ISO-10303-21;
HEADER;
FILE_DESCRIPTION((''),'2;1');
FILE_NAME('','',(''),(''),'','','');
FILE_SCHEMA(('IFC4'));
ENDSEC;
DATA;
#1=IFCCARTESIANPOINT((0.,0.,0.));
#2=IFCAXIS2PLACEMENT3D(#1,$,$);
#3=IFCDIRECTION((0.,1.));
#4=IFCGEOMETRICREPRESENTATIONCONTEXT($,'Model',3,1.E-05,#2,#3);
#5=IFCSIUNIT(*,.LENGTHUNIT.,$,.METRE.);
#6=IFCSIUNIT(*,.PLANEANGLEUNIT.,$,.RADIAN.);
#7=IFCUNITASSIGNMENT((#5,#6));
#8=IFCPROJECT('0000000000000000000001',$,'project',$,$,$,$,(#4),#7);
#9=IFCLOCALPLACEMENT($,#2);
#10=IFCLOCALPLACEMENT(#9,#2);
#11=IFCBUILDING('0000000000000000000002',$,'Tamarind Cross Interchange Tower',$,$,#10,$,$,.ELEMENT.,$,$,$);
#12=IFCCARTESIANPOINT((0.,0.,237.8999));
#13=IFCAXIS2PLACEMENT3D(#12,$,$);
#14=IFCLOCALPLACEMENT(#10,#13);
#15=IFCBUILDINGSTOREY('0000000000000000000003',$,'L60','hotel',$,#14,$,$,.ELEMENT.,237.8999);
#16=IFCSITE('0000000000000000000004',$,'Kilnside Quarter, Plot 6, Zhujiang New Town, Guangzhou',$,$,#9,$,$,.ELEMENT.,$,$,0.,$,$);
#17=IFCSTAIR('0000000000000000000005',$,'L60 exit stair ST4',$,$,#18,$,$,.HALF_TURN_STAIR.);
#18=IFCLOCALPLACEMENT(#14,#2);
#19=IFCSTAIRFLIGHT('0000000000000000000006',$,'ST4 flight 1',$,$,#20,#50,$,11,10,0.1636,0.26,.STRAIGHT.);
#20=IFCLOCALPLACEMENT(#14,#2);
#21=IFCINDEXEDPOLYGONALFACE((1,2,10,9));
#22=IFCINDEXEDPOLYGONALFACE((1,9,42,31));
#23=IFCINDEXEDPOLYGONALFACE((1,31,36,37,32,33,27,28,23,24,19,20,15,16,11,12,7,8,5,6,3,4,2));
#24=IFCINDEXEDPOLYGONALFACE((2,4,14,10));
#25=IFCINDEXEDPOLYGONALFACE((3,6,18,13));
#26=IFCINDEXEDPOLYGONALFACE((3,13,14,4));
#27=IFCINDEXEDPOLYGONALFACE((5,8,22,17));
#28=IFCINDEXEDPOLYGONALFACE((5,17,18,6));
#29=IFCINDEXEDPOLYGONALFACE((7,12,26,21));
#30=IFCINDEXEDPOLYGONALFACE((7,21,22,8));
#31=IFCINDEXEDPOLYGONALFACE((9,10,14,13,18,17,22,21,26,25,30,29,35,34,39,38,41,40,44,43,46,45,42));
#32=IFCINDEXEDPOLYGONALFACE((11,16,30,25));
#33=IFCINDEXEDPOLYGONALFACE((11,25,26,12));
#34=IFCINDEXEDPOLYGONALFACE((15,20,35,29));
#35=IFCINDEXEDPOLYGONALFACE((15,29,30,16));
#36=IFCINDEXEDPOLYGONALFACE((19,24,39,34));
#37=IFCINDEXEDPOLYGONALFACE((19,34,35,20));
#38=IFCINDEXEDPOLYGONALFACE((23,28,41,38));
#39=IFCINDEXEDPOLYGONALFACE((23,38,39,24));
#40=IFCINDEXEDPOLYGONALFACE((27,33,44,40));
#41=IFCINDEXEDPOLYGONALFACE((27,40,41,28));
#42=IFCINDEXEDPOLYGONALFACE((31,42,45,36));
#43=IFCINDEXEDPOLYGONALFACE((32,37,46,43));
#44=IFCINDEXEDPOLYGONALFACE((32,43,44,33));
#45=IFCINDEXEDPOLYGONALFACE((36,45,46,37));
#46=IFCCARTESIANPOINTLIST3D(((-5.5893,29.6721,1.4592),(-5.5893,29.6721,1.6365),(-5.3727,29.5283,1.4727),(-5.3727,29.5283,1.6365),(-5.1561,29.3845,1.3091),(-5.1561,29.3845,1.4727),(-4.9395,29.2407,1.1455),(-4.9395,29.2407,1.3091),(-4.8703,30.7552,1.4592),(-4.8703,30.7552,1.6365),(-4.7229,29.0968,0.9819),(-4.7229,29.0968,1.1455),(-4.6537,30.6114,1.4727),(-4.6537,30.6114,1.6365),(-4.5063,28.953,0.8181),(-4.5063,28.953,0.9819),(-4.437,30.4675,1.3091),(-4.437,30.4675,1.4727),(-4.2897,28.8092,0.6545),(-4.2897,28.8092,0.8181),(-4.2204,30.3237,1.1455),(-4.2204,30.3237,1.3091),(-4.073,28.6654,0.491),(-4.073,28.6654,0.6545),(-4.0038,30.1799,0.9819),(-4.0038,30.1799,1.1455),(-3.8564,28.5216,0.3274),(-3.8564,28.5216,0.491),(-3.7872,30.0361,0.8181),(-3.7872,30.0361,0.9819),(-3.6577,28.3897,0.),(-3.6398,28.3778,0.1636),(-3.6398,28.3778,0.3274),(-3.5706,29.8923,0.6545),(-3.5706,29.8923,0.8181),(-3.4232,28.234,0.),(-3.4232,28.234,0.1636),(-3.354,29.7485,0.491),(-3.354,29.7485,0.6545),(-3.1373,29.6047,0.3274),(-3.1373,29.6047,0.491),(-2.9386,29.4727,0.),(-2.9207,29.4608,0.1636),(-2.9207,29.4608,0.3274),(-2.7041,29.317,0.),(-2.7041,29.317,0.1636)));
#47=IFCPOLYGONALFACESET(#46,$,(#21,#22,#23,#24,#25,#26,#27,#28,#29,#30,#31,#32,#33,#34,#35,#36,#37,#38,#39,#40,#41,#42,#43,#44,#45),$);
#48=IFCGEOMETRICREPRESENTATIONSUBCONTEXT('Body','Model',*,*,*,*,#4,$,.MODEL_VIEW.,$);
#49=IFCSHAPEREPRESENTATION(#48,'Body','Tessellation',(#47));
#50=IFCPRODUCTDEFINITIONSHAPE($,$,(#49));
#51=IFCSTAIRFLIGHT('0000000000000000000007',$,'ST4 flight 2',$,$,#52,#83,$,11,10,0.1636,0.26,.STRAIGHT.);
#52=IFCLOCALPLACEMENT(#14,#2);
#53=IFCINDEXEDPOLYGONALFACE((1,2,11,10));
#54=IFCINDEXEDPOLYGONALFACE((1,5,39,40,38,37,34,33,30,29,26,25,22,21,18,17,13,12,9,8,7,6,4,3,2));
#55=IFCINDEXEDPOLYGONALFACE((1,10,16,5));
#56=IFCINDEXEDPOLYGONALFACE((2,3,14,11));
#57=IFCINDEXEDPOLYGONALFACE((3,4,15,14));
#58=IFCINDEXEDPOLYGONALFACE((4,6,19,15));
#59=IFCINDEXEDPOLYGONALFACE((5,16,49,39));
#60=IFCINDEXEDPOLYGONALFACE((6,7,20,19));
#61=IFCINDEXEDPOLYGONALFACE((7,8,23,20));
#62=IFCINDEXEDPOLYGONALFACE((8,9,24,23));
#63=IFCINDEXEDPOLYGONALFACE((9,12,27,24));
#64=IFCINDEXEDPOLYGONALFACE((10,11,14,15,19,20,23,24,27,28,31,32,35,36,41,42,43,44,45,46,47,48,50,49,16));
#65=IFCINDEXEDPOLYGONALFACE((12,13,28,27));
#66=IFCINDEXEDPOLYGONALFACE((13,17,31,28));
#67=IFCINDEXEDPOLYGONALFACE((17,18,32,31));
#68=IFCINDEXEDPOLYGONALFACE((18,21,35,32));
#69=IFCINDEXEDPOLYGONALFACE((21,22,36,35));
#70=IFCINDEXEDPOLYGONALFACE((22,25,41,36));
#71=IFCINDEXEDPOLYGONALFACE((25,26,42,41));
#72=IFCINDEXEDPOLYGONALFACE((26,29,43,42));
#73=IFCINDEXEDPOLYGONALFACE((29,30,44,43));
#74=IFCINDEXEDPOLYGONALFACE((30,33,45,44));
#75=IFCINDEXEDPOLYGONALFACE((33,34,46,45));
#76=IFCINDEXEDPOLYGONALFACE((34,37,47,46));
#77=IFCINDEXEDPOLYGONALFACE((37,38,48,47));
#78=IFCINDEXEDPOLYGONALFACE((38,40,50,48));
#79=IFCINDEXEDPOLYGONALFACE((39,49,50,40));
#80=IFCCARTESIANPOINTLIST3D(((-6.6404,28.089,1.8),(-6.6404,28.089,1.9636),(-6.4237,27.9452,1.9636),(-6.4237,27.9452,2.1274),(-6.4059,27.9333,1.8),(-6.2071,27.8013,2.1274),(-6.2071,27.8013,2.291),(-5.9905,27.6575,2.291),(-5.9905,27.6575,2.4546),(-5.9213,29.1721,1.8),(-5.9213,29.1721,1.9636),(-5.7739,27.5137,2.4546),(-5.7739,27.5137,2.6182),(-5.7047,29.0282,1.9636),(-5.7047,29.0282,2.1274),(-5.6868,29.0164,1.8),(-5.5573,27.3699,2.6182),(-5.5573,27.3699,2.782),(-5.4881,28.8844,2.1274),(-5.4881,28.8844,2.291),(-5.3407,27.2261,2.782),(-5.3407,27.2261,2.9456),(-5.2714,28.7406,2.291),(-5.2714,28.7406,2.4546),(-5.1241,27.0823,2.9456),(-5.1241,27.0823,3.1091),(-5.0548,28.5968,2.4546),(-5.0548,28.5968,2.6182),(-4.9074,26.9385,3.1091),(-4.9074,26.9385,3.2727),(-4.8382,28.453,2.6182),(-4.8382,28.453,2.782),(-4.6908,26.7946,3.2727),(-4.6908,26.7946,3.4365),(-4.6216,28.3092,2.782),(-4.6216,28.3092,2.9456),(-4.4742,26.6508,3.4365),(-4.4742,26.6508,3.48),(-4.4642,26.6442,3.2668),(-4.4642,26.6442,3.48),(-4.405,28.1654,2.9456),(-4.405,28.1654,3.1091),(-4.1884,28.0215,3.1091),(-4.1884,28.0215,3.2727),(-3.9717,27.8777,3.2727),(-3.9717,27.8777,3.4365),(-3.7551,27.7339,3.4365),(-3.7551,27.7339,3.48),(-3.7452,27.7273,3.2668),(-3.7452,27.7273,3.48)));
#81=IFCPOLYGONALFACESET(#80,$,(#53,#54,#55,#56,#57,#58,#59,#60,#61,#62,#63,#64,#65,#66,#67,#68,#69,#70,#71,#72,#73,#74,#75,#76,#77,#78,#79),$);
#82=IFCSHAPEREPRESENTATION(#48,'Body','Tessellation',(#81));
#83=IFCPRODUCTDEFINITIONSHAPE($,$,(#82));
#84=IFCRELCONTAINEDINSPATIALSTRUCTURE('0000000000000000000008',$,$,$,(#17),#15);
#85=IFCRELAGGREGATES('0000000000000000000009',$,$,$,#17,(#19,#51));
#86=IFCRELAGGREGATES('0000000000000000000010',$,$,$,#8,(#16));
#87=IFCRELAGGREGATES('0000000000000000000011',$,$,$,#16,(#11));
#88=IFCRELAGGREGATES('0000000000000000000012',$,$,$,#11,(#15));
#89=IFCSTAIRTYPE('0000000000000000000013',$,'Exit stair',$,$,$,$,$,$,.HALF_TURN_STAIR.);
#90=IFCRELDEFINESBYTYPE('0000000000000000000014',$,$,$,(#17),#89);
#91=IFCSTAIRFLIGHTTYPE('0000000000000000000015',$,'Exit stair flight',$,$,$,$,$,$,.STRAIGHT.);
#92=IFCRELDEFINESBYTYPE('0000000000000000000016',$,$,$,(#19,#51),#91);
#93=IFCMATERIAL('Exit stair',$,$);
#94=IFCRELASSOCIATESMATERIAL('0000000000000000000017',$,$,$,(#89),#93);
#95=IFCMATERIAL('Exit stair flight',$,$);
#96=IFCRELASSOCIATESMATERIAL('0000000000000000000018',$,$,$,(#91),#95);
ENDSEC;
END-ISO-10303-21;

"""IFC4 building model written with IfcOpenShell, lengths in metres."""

from ifc_helpers import new_model, si_unit, direction, frame, origin, place, context, subcontext, project, spatial, polyline, outline, extrude, material, type_object, element, aggregate, save


model = new_model("IFC4")

# Units and contexts
model_context = context("Model", 3, precision=1e-05, world=origin(), true_north=direction((0.0, 1.0)))
body_context = subcontext(model_context, "Body", "Model", "MODEL_VIEW")
ifc_project = project(units=[si_unit("LENGTHUNIT", "METRE"), si_unit("PLANEANGLEUNIT", "RADIAN")], contexts=[model_context])

# Site, building, storey
site_placement = place(None, origin())
site = spatial("IfcSite", under=ifc_project, at=site_placement, Name="Kilnside Quarter, Plot 6, Zhujiang New Town, Guangzhou", CompositionType="ELEMENT", RefElevation=0.0)
building_placement = place(site_placement, origin())
building = spatial("IfcBuilding", under=site, at=building_placement, Name="Tamarind Cross Interchange Tower", CompositionType="ELEMENT")
storey_placement = place(building_placement, frame((0.0, 0.0, 237.8999)))
storey = spatial("IfcBuildingStorey", under=building, at=storey_placement, Name="L60", Description="hotel", CompositionType="ELEMENT", Elevation=237.8999)

# Stair, stair flights
ifc_material_1 = material(Name="Exit stair")
stair_type = type_object("IfcStairType", Name="Exit stair", PredefinedType="HALF_TURN_STAIR", material=ifc_material_1)
stair_placement = place(storey_placement, origin())
stair = element("IfcStair", 1, at=stair_placement, inside=storey, type_object=stair_type, Name="L60 exit stair ST4", PredefinedType="HALF_TURN_STAIR")
ifc_material_2 = material(Name="Exit stair flight")
stair_flight_type = type_object("IfcStairFlightType", Name="Exit stair flight", PredefinedType="STRAIGHT", material=ifc_material_2)
stair_flight_1_placement = place(storey_placement, frame((-3.0637, 28.7754, 0.0), z_axis=(0.0, 0.0, 1.0), x_axis=(-0.833107, 0.553112, 0.0)))
stair_flight_1 = element("IfcStairFlight", 2, at=stair_flight_1_placement, type_object=stair_flight_type, Name="ST4 flight 1", NumberOfRisers=11, NumberOfTreads=10, PredefinedType="STRAIGHT", RiserHeight=0.1636, TreadLength=0.26, context=body_context, shape_type="SweptSolid", body=[
    extrude(outline(polyline([(0.0, 0.0), (0.0, 0.1636), (0.26, 0.1636), (0.26, 0.3274), (0.52, 0.3274), (0.52, 0.491), (0.78, 0.491), (0.78, 0.6545), (1.04, 0.6545), (1.04, 0.8181), (1.3, 0.8181), (1.3, 0.9819), (1.5601, 0.9819), (1.5601, 1.1455), (1.8201, 1.1455), (1.8201, 1.3091), (2.0801, 1.3091), (2.0801, 1.4727), (2.3401, 1.4727), (2.3401, 1.6365), (2.6001, 1.6365), (2.6001, 1.8), (2.6001, 1.4592), (0.2815, 0.0), (0.0, 0.0)])), frame((0.0, 0.6499, 0.0), z_axis=(0.0, -1.0, 0.0), x_axis=(1.0, 0.0, 0.0)), (0.0, 0.0, 1.0), 1.3),
])
stair_flight_2_placement = place(storey_placement, frame((-6.2808, 28.6306, 1.8), z_axis=(0.0, 0.0, 1.0), x_axis=(0.833107, -0.553112, 0.0)))
stair_flight_2 = element("IfcStairFlight", 3, at=stair_flight_2_placement, type_object=stair_flight_type, Name="ST4 flight 2", NumberOfRisers=11, NumberOfTreads=10, PredefinedType="STRAIGHT", RiserHeight=0.1636, TreadLength=0.26, context=body_context, shape_type="SweptSolid", body=[
    extrude(outline(polyline([(0.0, 0.0), (0.0, 0.1636), (0.26, 0.1636), (0.26, 0.3274), (0.52, 0.3274), (0.52, 0.491), (0.78, 0.491), (0.78, 0.6545), (1.04, 0.6545), (1.04, 0.8181), (1.3, 0.8181), (1.3, 0.9819), (1.5601, 0.9819), (1.5601, 1.1455), (1.8201, 1.1455), (1.8201, 1.3091), (2.0801, 1.3091), (2.0801, 1.4727), (2.3401, 1.4727), (2.3401, 1.6365), (2.6001, 1.6365), (2.6001, 1.6799), (2.6121, 1.6799), (2.6121, 1.4668), (0.2815, 0.0), (0.0, 0.0)])), frame((0.0, 0.6499, 0.0), z_axis=(0.0, -1.0, 0.0), x_axis=(1.0, 0.0, 0.0)), (0.0, 0.0, 1.0), 1.3),
])
aggregate(stair, [stair_flight_1, stair_flight_2])

save(model, "model.ifc")
